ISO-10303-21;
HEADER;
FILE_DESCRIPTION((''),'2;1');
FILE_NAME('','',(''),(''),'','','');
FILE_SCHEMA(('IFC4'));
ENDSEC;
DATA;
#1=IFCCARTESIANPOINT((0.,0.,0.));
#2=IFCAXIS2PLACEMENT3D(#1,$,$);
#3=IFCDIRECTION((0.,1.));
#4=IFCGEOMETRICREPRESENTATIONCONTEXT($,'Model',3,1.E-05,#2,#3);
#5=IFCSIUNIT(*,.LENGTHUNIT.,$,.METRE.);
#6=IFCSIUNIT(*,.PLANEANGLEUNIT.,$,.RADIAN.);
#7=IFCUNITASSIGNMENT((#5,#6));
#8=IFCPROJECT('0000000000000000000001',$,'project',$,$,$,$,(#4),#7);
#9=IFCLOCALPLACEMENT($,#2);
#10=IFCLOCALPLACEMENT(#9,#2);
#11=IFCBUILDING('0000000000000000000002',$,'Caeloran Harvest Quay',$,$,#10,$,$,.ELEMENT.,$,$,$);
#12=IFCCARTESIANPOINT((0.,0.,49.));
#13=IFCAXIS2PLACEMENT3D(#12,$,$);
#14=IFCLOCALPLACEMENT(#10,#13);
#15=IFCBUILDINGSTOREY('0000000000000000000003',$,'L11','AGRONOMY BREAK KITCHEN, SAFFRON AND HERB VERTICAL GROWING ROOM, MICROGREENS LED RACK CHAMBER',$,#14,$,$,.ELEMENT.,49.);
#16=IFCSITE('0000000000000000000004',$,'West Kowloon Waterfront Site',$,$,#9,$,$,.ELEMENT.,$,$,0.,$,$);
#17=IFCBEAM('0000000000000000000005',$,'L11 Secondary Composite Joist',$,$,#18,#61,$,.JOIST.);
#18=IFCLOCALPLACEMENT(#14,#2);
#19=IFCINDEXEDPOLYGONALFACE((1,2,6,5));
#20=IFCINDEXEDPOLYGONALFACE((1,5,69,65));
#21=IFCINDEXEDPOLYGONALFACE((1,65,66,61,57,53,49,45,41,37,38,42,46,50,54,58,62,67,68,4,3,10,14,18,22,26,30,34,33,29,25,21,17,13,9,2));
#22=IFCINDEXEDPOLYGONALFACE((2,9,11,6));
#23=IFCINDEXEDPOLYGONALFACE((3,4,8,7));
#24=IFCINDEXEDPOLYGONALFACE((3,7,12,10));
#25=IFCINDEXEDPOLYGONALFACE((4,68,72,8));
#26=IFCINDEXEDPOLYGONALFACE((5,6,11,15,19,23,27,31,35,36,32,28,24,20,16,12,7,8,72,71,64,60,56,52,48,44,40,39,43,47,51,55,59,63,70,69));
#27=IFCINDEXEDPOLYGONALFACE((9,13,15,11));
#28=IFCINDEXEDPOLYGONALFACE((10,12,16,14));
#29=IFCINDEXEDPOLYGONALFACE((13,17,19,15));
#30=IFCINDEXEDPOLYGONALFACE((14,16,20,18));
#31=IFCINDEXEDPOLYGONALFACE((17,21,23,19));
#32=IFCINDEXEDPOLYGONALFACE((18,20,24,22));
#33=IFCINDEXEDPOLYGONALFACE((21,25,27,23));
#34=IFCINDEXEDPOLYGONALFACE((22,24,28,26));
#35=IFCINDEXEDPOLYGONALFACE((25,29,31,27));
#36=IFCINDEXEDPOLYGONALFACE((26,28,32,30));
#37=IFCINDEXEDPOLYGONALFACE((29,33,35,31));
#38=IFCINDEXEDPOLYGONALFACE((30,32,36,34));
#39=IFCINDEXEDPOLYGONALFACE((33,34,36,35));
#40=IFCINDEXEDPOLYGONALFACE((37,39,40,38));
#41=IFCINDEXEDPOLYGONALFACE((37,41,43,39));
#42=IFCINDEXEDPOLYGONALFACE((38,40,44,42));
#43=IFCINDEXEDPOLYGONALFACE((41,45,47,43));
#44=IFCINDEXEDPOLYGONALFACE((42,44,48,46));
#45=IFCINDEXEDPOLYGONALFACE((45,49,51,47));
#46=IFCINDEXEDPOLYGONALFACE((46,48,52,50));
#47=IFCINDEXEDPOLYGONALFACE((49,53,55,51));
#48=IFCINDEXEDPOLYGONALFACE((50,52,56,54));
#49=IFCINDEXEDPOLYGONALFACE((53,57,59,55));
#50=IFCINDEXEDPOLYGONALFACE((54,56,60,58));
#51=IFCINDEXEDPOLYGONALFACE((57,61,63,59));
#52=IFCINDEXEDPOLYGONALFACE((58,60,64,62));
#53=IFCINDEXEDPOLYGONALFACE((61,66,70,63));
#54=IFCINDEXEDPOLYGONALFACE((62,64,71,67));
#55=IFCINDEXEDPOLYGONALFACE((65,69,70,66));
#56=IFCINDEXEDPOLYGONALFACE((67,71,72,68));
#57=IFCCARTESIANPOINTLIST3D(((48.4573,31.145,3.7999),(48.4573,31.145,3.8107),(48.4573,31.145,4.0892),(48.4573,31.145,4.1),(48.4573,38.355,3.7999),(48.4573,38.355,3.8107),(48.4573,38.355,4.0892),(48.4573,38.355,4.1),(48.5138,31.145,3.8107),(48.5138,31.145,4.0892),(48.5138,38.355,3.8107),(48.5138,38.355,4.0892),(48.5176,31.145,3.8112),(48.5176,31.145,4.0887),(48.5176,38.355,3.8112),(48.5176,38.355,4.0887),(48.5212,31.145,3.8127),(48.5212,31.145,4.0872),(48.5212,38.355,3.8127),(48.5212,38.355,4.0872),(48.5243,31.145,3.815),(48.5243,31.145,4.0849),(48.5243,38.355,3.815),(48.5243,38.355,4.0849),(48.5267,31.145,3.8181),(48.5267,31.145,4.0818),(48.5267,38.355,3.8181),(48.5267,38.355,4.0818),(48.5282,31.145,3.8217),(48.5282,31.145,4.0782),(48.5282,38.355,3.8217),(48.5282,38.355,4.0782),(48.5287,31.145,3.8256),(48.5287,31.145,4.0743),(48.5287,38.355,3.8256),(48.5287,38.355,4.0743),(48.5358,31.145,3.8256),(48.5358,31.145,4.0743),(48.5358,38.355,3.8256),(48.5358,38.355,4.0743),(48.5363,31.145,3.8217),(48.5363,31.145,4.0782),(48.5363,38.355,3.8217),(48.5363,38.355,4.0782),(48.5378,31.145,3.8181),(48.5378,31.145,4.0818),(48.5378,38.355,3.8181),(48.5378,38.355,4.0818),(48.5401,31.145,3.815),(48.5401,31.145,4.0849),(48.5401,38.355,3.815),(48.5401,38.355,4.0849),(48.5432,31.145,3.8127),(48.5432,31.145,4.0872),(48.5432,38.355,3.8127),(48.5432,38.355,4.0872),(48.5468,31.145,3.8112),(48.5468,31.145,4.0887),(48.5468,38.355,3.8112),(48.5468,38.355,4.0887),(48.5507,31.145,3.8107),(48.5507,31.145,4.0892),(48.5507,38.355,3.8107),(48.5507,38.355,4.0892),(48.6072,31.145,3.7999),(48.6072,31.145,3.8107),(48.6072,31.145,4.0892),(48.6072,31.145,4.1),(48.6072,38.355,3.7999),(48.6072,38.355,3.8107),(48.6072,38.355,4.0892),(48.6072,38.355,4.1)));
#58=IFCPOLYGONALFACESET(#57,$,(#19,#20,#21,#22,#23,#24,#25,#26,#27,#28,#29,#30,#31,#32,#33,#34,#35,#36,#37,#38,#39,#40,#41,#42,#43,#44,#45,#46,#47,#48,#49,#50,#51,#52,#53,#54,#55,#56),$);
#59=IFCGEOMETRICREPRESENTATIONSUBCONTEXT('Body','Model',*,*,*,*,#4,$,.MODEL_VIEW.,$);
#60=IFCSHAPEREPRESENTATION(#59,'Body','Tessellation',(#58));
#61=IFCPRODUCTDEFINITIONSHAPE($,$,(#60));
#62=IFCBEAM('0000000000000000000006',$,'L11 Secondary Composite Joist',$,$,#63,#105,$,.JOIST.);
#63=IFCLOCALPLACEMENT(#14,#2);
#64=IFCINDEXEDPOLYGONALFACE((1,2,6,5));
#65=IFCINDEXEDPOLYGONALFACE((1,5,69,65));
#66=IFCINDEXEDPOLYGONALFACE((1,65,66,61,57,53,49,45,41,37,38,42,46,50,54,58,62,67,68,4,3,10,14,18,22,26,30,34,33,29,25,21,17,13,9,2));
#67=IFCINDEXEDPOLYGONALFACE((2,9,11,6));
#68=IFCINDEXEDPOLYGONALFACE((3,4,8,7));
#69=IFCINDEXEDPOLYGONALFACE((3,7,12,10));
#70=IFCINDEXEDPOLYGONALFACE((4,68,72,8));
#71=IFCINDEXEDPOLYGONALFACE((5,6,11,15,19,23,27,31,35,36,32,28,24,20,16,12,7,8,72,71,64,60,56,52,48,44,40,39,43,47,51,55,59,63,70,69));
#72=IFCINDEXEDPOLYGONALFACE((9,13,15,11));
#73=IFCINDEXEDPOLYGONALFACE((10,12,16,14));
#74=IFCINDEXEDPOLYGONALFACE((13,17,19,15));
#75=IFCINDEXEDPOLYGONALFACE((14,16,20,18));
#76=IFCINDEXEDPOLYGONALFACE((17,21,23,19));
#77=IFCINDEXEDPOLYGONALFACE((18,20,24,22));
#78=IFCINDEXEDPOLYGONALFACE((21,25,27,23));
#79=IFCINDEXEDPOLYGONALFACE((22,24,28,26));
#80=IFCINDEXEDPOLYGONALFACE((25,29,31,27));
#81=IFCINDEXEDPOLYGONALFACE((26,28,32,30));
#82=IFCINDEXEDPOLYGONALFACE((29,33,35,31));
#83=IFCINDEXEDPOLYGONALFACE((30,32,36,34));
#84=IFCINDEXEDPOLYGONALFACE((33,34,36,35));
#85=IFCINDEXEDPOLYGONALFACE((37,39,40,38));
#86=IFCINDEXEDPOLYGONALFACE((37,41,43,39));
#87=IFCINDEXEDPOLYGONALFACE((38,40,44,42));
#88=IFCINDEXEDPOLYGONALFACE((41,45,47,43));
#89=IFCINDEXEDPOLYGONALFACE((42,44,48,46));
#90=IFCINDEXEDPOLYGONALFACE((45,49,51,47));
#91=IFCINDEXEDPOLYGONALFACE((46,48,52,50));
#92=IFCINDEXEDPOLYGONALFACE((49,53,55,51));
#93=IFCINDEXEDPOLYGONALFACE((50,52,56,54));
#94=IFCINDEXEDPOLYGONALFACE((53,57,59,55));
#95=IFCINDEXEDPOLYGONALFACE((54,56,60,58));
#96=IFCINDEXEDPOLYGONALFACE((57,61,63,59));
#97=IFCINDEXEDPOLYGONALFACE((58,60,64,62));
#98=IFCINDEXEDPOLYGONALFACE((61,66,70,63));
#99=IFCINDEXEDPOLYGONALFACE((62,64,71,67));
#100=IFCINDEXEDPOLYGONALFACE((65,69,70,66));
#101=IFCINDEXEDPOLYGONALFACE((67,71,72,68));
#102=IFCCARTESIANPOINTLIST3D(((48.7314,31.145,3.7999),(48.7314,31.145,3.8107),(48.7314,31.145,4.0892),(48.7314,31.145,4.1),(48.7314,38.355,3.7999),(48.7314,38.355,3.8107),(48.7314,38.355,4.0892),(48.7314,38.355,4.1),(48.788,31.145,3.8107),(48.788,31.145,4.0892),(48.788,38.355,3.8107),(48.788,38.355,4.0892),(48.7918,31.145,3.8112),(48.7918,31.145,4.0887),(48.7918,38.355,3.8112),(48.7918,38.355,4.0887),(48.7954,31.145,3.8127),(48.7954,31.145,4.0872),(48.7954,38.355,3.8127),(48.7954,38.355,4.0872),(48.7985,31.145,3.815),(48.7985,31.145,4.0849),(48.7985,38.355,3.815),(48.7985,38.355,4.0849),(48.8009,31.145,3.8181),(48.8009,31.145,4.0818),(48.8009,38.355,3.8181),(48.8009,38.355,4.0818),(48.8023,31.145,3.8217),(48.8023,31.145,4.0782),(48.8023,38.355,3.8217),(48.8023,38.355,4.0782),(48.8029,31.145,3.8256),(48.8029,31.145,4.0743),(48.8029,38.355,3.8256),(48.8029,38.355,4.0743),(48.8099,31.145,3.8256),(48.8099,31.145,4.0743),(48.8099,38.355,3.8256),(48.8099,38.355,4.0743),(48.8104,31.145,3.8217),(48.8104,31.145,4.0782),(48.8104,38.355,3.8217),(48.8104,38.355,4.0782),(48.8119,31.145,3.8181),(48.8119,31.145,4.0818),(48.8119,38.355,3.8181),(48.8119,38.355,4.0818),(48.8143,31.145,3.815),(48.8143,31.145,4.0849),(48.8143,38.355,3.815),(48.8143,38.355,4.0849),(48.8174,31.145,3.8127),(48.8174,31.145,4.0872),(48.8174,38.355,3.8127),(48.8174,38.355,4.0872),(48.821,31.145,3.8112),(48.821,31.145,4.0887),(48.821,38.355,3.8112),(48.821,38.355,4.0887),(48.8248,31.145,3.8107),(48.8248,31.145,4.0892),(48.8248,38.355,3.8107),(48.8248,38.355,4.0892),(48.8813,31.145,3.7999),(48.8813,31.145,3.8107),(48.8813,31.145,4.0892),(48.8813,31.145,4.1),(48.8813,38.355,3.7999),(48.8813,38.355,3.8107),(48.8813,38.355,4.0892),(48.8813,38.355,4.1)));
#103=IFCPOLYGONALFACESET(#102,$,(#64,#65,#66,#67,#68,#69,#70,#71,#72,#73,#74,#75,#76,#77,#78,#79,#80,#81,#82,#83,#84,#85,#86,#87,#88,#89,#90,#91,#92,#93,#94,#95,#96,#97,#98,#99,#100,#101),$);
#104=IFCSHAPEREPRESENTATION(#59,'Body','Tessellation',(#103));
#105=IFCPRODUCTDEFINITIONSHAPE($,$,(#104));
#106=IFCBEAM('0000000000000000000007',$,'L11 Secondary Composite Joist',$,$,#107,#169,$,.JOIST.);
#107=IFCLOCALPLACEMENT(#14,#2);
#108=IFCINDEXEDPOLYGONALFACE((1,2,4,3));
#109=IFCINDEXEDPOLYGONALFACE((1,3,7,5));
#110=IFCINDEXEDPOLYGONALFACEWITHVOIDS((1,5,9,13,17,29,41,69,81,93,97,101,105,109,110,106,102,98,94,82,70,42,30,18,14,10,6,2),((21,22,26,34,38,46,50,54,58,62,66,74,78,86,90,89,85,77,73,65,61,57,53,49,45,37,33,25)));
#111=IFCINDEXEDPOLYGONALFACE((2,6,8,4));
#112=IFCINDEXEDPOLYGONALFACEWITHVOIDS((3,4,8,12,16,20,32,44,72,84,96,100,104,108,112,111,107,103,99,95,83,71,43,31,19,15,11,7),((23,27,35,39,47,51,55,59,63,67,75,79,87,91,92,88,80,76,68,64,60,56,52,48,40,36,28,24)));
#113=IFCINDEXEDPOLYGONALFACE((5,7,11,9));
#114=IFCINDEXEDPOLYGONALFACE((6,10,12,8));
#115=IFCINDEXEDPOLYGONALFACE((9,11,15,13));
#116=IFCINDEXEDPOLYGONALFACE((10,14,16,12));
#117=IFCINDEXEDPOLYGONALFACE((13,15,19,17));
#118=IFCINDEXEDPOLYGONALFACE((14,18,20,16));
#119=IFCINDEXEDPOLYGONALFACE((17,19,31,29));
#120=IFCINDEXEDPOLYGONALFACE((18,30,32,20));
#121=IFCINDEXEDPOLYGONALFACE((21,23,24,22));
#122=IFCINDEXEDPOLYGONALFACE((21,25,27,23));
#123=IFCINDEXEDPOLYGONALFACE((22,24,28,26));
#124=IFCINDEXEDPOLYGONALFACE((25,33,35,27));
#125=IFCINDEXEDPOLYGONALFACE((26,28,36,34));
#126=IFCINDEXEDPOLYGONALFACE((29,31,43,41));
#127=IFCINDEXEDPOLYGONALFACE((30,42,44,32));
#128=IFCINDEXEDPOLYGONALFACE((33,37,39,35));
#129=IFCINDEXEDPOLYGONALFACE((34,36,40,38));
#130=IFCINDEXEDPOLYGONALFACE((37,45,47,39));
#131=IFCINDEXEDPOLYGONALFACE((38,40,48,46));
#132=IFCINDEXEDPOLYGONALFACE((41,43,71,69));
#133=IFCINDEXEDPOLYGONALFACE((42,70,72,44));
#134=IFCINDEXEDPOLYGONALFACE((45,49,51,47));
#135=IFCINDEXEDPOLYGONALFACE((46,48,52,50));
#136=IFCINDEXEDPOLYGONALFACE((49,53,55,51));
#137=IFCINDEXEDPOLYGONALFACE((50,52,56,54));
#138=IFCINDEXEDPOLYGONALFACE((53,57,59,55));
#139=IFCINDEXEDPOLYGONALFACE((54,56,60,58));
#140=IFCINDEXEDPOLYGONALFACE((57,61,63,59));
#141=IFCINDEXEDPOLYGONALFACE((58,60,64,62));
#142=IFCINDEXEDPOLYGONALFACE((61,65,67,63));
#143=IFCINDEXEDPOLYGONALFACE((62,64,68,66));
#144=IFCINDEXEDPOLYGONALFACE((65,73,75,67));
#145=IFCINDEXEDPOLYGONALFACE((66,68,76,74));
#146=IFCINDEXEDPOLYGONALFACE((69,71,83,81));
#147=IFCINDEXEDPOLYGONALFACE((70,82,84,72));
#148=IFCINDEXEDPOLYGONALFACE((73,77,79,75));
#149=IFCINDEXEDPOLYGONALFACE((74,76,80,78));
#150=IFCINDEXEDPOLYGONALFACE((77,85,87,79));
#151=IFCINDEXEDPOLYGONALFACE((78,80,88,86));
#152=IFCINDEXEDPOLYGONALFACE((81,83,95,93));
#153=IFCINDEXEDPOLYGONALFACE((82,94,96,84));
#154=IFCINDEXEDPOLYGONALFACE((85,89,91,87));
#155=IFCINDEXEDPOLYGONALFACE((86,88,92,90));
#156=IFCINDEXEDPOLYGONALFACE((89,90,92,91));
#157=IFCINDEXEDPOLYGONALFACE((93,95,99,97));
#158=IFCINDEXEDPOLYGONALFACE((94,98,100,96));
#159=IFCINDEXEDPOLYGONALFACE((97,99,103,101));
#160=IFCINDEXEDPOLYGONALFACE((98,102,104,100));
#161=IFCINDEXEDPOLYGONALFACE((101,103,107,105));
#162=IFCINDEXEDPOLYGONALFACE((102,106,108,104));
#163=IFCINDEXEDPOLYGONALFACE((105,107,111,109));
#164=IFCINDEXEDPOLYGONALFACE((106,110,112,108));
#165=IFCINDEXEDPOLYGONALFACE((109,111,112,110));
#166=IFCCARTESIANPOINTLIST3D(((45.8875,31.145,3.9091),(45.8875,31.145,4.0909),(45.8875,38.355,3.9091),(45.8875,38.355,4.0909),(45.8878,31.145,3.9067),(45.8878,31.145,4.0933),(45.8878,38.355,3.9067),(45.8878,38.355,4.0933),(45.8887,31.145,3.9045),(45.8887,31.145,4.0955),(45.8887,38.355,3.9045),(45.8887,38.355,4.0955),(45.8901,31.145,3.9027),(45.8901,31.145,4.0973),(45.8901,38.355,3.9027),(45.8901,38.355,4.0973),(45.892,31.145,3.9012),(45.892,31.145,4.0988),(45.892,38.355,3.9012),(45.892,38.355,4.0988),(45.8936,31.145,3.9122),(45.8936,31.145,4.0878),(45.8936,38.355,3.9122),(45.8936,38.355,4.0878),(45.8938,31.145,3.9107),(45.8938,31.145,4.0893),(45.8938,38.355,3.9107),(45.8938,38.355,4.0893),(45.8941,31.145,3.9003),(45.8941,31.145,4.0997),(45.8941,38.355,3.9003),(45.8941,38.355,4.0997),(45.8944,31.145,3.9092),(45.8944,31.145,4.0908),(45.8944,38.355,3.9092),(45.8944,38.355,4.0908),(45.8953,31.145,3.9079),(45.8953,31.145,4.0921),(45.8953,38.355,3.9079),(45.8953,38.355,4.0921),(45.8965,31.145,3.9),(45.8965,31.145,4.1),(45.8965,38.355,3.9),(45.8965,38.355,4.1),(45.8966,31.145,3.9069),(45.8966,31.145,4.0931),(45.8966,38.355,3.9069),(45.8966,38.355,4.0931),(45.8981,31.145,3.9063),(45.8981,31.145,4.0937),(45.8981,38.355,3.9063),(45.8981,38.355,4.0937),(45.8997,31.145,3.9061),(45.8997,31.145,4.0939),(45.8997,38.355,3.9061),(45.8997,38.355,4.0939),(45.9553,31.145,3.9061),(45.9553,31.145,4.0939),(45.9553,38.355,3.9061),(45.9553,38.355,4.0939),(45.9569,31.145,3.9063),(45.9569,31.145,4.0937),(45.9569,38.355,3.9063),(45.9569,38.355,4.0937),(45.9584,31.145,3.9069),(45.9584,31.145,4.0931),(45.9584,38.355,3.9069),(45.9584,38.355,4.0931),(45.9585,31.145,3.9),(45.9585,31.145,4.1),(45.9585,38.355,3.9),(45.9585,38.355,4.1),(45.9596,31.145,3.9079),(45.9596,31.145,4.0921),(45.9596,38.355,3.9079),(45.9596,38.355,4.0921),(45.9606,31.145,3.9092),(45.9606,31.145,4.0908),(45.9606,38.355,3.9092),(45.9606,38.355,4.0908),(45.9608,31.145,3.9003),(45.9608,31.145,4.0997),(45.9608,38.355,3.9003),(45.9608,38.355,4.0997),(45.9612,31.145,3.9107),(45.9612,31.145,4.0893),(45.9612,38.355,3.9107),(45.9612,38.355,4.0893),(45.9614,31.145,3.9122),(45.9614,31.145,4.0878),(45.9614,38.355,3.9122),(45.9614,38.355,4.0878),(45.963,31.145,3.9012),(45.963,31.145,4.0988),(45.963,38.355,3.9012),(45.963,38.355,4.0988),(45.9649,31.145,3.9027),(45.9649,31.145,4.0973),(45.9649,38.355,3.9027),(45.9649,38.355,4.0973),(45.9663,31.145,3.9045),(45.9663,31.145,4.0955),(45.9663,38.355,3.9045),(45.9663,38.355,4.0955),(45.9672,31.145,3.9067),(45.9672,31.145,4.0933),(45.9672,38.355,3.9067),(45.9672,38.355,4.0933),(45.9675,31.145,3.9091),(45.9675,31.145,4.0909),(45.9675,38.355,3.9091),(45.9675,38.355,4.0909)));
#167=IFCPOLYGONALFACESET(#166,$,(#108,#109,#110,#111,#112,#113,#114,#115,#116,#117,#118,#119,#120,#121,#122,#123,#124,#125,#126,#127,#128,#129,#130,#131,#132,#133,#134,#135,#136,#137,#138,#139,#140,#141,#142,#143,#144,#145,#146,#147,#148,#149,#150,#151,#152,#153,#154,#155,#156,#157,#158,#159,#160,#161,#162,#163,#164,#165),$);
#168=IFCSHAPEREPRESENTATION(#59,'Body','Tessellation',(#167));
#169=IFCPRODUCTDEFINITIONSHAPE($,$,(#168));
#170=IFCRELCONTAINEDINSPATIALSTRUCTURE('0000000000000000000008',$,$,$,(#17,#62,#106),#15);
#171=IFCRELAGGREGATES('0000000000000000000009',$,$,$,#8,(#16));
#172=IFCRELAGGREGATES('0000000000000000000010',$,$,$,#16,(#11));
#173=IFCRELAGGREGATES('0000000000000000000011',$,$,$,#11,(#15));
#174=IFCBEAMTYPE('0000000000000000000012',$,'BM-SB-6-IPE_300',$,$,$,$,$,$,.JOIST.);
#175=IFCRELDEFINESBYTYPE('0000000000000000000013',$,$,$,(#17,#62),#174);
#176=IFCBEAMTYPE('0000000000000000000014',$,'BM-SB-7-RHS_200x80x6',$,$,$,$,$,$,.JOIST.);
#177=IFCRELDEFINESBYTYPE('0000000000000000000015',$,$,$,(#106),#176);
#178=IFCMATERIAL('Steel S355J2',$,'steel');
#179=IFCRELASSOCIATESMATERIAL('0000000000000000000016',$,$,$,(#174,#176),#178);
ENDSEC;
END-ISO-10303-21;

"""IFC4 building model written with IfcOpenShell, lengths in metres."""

from ifc_helpers import new_model, si_unit, direction, frame, origin, origin_2d, place, context, subcontext, project, spatial, hollow_rectangle, i_section, extrude, material, material_profile, profile_set, type_object, element, save


model = new_model("IFC4")

# Units and contexts
model_context = context("Model", 3, precision=1e-05, world=origin(), true_north=direction((0.0, 1.0)))
body_context = subcontext(model_context, "Body", "Model", "MODEL_VIEW")
ifc_project = project(units=[si_unit("LENGTHUNIT", "METRE"), si_unit("PLANEANGLEUNIT", "RADIAN")], contexts=[model_context])

# Site, building, storey
site_placement = place(None, origin())
site = spatial("IfcSite", under=ifc_project, at=site_placement, Name="West Kowloon Waterfront Site", CompositionType="ELEMENT", RefElevation=0.0)
building_placement = place(site_placement, origin())
building = spatial("IfcBuilding", under=site, at=building_placement, Name="Caeloran Harvest Quay", CompositionType="ELEMENT")
storey_placement = place(building_placement, frame((0.0, 0.0, 49.0)))
storey = spatial("IfcBuildingStorey", under=building, at=storey_placement, Name="L11", Description="AGRONOMY BREAK KITCHEN, SAFFRON AND HERB VERTICAL GROWING ROOM, MICROGREENS LED RACK CHAMBER", CompositionType="ELEMENT", Elevation=49.0)

# Beams
ifc_material_1 = material(Name="Steel S355J2", Category="steel")
ifc_material_profile_1 = material_profile(ifc_material_1, i_section(OverallWidth=0.1499, OverallDepth=0.3, WebThickness=0.0071, FlangeThickness=0.0107, FilletRadius=0.0149, at=origin_2d()), Name="IPE 300")
ifc_profile_set_1 = profile_set([ifc_material_profile_1], Name="Steel S355J2")
beam_type_1 = type_object("IfcBeamType", Name="BM-SB-6-IPE_300", PredefinedType="JOIST", material=ifc_profile_set_1)
for number, where, z_axis, x_axis, name in (
    (1, (48.5322, 31.145, 3.95), (0.0, 1.0, 0.0), (-1.0, 0.0, 0.0), "L11 Secondary Composite Joist"),
    (2, (48.8064, 31.145, 3.95), (0.0, 1.0, 0.0), (-1.0, 0.0, 0.0), "L11 Secondary Composite Joist"),
):
    element("IfcBeam", number, at=place(storey_placement, frame(where, z_axis=z_axis, x_axis=x_axis)), inside=storey, type_object=beam_type_1, Name=name, PredefinedType="JOIST", context=body_context, shape_type="SweptSolid", body=[
        extrude(i_section(OverallWidth=0.1499, OverallDepth=0.3, WebThickness=0.0071, FlangeThickness=0.0107, FilletRadius=0.0149, at=origin_2d()), origin(), (0.0, 0.0, 1.0), 7.21),
    ])
ifc_material_profile_2 = material_profile(ifc_material_1, hollow_rectangle(XDim=0.0801, YDim=0.2, WallThickness=0.0061, InnerFilletRadius=0.0061, OuterFilletRadius=0.009, at=origin_2d()), Name="RHS 200x80x6")
ifc_profile_set_2 = profile_set([ifc_material_profile_2], Name="Steel S355J2")
beam_type_2 = type_object("IfcBeamType", Name="BM-SB-7-RHS_200x80x6", PredefinedType="JOIST", material=ifc_profile_set_2)
for number, where, z_axis, x_axis, name in (
    (3, (45.9275, 31.145, 4.0), (0.0, 1.0, 0.0), (-1.0, 0.0, 0.0), "L11 Secondary Composite Joist"),
):
    element("IfcBeam", number, at=place(storey_placement, frame(where, z_axis=z_axis, x_axis=x_axis)), inside=storey, type_object=beam_type_2, Name=name, PredefinedType="JOIST", context=body_context, shape_type="SweptSolid", body=[
        extrude(hollow_rectangle(XDim=0.0801, YDim=0.2, WallThickness=0.0061, InnerFilletRadius=0.0061, OuterFilletRadius=0.009, at=origin_2d()), origin(), (0.0, 0.0, 1.0), 7.21),
    ])

save(model, "model.ifc")
